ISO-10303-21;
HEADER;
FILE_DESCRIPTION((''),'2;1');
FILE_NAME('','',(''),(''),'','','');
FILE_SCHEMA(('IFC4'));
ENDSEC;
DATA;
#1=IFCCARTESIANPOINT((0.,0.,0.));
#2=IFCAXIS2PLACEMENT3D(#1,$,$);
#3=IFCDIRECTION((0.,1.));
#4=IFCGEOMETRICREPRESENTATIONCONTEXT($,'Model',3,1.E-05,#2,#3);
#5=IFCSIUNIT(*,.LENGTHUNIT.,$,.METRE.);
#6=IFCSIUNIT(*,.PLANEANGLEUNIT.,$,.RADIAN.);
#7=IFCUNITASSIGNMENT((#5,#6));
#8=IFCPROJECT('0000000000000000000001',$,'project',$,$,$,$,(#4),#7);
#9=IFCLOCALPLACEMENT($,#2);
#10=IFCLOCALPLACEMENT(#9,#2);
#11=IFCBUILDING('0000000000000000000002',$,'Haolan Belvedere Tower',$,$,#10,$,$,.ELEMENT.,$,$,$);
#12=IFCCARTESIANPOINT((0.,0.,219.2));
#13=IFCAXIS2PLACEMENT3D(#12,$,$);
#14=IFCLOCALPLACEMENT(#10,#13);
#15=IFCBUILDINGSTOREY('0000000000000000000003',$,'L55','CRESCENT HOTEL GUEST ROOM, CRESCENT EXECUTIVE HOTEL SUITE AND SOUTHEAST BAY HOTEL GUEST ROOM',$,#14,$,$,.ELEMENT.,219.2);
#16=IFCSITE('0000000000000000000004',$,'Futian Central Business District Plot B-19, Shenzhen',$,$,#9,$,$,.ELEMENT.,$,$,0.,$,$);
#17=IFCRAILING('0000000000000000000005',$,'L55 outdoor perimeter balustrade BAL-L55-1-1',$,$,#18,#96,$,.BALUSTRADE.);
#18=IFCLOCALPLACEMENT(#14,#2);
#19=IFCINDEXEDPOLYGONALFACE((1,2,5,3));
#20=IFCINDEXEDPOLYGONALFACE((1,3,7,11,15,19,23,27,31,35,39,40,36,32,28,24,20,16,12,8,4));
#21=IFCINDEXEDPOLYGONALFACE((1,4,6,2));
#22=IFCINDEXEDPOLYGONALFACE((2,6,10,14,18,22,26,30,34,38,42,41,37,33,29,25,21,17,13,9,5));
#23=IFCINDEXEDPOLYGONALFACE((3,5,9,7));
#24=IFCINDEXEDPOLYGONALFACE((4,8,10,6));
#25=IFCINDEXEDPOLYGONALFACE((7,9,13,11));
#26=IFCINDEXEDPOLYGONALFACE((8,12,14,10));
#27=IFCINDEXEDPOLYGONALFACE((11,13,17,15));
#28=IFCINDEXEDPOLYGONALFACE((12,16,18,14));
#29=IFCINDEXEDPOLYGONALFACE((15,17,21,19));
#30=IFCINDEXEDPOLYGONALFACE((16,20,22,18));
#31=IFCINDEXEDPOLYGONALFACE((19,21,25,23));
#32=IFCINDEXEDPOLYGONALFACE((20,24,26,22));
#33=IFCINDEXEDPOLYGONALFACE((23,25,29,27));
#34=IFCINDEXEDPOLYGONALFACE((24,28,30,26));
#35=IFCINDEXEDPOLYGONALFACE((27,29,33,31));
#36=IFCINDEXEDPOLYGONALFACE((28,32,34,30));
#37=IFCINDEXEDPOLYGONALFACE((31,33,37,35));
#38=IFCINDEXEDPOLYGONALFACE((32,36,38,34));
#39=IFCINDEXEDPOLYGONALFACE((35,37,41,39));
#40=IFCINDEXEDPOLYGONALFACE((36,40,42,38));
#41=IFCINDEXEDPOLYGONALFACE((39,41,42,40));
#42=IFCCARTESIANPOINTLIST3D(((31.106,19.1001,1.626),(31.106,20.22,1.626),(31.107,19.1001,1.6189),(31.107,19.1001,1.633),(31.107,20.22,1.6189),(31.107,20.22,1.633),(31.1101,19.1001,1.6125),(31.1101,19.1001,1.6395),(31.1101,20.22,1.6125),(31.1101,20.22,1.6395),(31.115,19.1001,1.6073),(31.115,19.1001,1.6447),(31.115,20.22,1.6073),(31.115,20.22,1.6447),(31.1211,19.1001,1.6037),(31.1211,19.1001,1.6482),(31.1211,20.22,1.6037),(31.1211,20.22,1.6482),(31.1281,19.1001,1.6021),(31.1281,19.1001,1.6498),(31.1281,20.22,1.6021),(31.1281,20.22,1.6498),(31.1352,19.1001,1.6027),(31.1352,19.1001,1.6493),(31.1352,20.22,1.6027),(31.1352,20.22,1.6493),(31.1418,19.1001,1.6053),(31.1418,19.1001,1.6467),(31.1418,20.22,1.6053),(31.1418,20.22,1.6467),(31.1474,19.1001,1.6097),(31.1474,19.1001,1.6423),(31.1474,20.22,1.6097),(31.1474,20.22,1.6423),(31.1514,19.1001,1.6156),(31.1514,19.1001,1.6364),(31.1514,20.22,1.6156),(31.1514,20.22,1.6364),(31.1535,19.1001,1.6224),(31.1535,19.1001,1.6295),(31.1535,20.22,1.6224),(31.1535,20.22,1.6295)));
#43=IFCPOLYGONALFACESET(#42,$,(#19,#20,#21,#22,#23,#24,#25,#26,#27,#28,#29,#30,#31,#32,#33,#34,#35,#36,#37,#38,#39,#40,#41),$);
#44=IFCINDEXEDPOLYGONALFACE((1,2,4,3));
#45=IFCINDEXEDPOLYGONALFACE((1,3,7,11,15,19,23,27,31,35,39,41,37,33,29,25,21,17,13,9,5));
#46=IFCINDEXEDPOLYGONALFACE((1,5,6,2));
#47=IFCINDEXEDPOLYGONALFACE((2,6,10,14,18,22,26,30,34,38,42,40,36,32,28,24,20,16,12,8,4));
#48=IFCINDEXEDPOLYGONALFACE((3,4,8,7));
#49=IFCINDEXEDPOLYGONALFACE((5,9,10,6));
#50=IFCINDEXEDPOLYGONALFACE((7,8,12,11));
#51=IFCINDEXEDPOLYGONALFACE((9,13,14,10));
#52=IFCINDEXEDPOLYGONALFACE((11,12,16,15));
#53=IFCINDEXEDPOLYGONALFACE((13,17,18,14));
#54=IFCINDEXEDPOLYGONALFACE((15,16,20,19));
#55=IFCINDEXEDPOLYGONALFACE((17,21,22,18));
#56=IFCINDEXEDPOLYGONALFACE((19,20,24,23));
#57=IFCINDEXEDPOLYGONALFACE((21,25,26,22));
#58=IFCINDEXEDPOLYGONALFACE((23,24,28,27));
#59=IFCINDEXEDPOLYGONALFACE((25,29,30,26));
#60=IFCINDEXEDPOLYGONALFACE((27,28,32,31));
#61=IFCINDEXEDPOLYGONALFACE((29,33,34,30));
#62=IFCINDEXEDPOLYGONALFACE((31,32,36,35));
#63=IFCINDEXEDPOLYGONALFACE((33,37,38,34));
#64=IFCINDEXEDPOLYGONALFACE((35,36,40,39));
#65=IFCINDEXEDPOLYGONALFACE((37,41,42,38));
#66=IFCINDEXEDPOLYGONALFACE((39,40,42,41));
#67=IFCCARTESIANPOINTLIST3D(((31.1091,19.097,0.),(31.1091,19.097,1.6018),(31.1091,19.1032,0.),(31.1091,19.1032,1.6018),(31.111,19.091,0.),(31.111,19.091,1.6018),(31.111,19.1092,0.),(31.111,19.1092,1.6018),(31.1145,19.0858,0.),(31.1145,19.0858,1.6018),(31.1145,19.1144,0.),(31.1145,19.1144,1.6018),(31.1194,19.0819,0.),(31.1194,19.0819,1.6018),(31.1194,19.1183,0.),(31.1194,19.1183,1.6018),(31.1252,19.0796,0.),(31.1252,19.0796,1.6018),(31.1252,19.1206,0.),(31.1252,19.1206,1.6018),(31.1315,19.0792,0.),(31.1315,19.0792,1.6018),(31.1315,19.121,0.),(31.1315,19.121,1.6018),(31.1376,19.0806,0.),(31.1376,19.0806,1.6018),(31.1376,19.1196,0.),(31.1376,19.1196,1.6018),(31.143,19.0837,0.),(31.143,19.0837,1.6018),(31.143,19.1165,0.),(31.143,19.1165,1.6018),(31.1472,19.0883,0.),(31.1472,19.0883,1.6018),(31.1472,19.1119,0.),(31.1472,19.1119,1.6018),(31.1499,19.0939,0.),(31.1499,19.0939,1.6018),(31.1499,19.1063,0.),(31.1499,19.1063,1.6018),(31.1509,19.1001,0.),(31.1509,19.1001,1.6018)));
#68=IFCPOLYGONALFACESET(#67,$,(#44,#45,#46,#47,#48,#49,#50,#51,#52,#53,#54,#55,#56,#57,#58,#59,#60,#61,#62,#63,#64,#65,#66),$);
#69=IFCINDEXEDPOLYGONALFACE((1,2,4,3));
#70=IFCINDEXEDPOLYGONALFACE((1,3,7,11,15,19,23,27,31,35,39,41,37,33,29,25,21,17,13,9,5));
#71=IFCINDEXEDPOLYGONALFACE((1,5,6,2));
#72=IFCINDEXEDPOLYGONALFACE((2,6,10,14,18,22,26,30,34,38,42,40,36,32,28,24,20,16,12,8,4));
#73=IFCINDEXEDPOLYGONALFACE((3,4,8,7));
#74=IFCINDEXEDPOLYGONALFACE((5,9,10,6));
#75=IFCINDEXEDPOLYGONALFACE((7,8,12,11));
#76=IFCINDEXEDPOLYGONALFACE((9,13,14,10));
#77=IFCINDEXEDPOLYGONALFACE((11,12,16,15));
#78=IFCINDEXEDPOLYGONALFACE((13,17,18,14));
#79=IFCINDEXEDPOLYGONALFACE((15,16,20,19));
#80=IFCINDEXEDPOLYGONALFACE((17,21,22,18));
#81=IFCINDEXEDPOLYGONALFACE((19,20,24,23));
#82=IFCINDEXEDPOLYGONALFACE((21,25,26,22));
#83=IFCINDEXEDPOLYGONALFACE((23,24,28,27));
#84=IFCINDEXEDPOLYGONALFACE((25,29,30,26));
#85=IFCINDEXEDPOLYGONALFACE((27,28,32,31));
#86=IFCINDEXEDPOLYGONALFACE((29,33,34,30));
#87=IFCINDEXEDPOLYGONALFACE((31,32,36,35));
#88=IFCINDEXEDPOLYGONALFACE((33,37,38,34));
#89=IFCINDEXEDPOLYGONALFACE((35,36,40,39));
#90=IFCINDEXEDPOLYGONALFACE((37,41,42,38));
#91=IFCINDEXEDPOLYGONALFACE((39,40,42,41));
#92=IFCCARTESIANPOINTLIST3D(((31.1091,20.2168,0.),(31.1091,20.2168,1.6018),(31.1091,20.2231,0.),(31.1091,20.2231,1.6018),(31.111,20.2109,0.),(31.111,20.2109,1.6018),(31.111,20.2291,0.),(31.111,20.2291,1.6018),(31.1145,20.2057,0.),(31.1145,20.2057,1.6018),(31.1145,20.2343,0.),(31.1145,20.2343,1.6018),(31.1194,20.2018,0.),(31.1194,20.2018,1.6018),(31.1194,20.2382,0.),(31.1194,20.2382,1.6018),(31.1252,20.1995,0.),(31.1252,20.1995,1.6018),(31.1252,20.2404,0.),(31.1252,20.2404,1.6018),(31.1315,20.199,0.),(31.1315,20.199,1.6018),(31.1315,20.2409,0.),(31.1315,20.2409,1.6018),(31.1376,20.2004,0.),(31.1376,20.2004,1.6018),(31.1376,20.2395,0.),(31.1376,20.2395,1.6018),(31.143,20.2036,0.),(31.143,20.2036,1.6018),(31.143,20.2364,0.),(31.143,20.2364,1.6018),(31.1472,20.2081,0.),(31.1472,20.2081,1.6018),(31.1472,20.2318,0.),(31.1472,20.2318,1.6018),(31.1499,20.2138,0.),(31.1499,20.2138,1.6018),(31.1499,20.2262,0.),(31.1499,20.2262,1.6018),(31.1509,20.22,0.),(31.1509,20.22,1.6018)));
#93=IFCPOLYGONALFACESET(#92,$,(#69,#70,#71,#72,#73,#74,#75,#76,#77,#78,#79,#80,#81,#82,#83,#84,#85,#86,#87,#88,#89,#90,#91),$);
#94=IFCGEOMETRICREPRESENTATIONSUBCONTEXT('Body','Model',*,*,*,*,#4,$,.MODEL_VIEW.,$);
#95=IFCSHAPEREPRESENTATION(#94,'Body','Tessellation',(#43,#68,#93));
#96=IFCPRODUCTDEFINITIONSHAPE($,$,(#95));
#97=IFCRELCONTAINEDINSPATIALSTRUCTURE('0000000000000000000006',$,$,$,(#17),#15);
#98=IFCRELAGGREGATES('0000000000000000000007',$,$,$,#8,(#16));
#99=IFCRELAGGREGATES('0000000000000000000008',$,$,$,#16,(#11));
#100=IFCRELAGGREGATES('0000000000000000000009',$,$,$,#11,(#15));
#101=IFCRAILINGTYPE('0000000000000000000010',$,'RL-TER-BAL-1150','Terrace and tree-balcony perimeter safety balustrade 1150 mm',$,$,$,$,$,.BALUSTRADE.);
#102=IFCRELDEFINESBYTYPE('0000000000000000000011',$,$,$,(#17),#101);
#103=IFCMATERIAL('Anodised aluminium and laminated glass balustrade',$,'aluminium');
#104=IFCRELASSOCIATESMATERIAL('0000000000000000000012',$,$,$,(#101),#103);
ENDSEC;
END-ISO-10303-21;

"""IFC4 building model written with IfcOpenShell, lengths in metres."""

from ifc_helpers import new_model, si_unit, direction, frame, origin, origin_2d, place, context, subcontext, project, spatial, circle, extrude, material, type_object, element, save


model = new_model("IFC4")

# Units and contexts
model_context = context("Model", 3, precision=1e-05, world=origin(), true_north=direction((0.0, 1.0)))
body_context = subcontext(model_context, "Body", "Model", "MODEL_VIEW")
ifc_project = project(units=[si_unit("LENGTHUNIT", "METRE"), si_unit("PLANEANGLEUNIT", "RADIAN")], contexts=[model_context])

# Site, building, storey
site_placement = place(None, origin())
site = spatial("IfcSite", under=ifc_project, at=site_placement, Name="Futian Central Business District Plot B-19, Shenzhen", CompositionType="ELEMENT", RefElevation=0.0)
building_placement = place(site_placement, origin())
building = spatial("IfcBuilding", under=site, at=building_placement, Name="Haolan Belvedere Tower", CompositionType="ELEMENT")
storey_placement = place(building_placement, frame((0.0, 0.0, 219.2)))
storey = spatial("IfcBuildingStorey", under=building, at=storey_placement, Name="L55", Description="CRESCENT HOTEL GUEST ROOM, CRESCENT EXECUTIVE HOTEL SUITE AND SOUTHEAST BAY HOTEL GUEST ROOM", CompositionType="ELEMENT", Elevation=219.2)

# Railing
ifc_material_1 = material(Name="Anodised aluminium and laminated glass balustrade", Category="aluminium")
railing_type = type_object("IfcRailingType", Name="RL-TER-BAL-1150", Description="Terrace and tree-balcony perimeter safety balustrade 1150 mm", PredefinedType="BALUSTRADE", material=ifc_material_1)
railing_1_placement = place(storey_placement, frame((31.1299, 19.1001, 0.0)))
element("IfcRailing", 1, at=railing_1_placement, inside=storey, type_object=railing_type, Name="L55 outdoor perimeter balustrade BAL-L55-1-1", PredefinedType="BALUSTRADE", context=body_context, shape_type="SweptSolid", body=[
    extrude(circle(Radius=0.0239, at=origin_2d()), frame((0.0, 0.0, 1.626), z_axis=(0.0, 1.0, 0.0), x_axis=(-1.0, 0.0, 0.0)), (0.0, 0.0, 1.0), 1.1199),
    extrude(circle(Radius=0.021, at=origin_2d()), origin(), (0.0, 0.0, 1.0), 1.6018),
    extrude(circle(Radius=0.021, at=origin_2d()), frame((0.0, 1.1199, 0.0)), (0.0, 0.0, 1.0), 1.6018),
])

save(model, "model.ifc")
